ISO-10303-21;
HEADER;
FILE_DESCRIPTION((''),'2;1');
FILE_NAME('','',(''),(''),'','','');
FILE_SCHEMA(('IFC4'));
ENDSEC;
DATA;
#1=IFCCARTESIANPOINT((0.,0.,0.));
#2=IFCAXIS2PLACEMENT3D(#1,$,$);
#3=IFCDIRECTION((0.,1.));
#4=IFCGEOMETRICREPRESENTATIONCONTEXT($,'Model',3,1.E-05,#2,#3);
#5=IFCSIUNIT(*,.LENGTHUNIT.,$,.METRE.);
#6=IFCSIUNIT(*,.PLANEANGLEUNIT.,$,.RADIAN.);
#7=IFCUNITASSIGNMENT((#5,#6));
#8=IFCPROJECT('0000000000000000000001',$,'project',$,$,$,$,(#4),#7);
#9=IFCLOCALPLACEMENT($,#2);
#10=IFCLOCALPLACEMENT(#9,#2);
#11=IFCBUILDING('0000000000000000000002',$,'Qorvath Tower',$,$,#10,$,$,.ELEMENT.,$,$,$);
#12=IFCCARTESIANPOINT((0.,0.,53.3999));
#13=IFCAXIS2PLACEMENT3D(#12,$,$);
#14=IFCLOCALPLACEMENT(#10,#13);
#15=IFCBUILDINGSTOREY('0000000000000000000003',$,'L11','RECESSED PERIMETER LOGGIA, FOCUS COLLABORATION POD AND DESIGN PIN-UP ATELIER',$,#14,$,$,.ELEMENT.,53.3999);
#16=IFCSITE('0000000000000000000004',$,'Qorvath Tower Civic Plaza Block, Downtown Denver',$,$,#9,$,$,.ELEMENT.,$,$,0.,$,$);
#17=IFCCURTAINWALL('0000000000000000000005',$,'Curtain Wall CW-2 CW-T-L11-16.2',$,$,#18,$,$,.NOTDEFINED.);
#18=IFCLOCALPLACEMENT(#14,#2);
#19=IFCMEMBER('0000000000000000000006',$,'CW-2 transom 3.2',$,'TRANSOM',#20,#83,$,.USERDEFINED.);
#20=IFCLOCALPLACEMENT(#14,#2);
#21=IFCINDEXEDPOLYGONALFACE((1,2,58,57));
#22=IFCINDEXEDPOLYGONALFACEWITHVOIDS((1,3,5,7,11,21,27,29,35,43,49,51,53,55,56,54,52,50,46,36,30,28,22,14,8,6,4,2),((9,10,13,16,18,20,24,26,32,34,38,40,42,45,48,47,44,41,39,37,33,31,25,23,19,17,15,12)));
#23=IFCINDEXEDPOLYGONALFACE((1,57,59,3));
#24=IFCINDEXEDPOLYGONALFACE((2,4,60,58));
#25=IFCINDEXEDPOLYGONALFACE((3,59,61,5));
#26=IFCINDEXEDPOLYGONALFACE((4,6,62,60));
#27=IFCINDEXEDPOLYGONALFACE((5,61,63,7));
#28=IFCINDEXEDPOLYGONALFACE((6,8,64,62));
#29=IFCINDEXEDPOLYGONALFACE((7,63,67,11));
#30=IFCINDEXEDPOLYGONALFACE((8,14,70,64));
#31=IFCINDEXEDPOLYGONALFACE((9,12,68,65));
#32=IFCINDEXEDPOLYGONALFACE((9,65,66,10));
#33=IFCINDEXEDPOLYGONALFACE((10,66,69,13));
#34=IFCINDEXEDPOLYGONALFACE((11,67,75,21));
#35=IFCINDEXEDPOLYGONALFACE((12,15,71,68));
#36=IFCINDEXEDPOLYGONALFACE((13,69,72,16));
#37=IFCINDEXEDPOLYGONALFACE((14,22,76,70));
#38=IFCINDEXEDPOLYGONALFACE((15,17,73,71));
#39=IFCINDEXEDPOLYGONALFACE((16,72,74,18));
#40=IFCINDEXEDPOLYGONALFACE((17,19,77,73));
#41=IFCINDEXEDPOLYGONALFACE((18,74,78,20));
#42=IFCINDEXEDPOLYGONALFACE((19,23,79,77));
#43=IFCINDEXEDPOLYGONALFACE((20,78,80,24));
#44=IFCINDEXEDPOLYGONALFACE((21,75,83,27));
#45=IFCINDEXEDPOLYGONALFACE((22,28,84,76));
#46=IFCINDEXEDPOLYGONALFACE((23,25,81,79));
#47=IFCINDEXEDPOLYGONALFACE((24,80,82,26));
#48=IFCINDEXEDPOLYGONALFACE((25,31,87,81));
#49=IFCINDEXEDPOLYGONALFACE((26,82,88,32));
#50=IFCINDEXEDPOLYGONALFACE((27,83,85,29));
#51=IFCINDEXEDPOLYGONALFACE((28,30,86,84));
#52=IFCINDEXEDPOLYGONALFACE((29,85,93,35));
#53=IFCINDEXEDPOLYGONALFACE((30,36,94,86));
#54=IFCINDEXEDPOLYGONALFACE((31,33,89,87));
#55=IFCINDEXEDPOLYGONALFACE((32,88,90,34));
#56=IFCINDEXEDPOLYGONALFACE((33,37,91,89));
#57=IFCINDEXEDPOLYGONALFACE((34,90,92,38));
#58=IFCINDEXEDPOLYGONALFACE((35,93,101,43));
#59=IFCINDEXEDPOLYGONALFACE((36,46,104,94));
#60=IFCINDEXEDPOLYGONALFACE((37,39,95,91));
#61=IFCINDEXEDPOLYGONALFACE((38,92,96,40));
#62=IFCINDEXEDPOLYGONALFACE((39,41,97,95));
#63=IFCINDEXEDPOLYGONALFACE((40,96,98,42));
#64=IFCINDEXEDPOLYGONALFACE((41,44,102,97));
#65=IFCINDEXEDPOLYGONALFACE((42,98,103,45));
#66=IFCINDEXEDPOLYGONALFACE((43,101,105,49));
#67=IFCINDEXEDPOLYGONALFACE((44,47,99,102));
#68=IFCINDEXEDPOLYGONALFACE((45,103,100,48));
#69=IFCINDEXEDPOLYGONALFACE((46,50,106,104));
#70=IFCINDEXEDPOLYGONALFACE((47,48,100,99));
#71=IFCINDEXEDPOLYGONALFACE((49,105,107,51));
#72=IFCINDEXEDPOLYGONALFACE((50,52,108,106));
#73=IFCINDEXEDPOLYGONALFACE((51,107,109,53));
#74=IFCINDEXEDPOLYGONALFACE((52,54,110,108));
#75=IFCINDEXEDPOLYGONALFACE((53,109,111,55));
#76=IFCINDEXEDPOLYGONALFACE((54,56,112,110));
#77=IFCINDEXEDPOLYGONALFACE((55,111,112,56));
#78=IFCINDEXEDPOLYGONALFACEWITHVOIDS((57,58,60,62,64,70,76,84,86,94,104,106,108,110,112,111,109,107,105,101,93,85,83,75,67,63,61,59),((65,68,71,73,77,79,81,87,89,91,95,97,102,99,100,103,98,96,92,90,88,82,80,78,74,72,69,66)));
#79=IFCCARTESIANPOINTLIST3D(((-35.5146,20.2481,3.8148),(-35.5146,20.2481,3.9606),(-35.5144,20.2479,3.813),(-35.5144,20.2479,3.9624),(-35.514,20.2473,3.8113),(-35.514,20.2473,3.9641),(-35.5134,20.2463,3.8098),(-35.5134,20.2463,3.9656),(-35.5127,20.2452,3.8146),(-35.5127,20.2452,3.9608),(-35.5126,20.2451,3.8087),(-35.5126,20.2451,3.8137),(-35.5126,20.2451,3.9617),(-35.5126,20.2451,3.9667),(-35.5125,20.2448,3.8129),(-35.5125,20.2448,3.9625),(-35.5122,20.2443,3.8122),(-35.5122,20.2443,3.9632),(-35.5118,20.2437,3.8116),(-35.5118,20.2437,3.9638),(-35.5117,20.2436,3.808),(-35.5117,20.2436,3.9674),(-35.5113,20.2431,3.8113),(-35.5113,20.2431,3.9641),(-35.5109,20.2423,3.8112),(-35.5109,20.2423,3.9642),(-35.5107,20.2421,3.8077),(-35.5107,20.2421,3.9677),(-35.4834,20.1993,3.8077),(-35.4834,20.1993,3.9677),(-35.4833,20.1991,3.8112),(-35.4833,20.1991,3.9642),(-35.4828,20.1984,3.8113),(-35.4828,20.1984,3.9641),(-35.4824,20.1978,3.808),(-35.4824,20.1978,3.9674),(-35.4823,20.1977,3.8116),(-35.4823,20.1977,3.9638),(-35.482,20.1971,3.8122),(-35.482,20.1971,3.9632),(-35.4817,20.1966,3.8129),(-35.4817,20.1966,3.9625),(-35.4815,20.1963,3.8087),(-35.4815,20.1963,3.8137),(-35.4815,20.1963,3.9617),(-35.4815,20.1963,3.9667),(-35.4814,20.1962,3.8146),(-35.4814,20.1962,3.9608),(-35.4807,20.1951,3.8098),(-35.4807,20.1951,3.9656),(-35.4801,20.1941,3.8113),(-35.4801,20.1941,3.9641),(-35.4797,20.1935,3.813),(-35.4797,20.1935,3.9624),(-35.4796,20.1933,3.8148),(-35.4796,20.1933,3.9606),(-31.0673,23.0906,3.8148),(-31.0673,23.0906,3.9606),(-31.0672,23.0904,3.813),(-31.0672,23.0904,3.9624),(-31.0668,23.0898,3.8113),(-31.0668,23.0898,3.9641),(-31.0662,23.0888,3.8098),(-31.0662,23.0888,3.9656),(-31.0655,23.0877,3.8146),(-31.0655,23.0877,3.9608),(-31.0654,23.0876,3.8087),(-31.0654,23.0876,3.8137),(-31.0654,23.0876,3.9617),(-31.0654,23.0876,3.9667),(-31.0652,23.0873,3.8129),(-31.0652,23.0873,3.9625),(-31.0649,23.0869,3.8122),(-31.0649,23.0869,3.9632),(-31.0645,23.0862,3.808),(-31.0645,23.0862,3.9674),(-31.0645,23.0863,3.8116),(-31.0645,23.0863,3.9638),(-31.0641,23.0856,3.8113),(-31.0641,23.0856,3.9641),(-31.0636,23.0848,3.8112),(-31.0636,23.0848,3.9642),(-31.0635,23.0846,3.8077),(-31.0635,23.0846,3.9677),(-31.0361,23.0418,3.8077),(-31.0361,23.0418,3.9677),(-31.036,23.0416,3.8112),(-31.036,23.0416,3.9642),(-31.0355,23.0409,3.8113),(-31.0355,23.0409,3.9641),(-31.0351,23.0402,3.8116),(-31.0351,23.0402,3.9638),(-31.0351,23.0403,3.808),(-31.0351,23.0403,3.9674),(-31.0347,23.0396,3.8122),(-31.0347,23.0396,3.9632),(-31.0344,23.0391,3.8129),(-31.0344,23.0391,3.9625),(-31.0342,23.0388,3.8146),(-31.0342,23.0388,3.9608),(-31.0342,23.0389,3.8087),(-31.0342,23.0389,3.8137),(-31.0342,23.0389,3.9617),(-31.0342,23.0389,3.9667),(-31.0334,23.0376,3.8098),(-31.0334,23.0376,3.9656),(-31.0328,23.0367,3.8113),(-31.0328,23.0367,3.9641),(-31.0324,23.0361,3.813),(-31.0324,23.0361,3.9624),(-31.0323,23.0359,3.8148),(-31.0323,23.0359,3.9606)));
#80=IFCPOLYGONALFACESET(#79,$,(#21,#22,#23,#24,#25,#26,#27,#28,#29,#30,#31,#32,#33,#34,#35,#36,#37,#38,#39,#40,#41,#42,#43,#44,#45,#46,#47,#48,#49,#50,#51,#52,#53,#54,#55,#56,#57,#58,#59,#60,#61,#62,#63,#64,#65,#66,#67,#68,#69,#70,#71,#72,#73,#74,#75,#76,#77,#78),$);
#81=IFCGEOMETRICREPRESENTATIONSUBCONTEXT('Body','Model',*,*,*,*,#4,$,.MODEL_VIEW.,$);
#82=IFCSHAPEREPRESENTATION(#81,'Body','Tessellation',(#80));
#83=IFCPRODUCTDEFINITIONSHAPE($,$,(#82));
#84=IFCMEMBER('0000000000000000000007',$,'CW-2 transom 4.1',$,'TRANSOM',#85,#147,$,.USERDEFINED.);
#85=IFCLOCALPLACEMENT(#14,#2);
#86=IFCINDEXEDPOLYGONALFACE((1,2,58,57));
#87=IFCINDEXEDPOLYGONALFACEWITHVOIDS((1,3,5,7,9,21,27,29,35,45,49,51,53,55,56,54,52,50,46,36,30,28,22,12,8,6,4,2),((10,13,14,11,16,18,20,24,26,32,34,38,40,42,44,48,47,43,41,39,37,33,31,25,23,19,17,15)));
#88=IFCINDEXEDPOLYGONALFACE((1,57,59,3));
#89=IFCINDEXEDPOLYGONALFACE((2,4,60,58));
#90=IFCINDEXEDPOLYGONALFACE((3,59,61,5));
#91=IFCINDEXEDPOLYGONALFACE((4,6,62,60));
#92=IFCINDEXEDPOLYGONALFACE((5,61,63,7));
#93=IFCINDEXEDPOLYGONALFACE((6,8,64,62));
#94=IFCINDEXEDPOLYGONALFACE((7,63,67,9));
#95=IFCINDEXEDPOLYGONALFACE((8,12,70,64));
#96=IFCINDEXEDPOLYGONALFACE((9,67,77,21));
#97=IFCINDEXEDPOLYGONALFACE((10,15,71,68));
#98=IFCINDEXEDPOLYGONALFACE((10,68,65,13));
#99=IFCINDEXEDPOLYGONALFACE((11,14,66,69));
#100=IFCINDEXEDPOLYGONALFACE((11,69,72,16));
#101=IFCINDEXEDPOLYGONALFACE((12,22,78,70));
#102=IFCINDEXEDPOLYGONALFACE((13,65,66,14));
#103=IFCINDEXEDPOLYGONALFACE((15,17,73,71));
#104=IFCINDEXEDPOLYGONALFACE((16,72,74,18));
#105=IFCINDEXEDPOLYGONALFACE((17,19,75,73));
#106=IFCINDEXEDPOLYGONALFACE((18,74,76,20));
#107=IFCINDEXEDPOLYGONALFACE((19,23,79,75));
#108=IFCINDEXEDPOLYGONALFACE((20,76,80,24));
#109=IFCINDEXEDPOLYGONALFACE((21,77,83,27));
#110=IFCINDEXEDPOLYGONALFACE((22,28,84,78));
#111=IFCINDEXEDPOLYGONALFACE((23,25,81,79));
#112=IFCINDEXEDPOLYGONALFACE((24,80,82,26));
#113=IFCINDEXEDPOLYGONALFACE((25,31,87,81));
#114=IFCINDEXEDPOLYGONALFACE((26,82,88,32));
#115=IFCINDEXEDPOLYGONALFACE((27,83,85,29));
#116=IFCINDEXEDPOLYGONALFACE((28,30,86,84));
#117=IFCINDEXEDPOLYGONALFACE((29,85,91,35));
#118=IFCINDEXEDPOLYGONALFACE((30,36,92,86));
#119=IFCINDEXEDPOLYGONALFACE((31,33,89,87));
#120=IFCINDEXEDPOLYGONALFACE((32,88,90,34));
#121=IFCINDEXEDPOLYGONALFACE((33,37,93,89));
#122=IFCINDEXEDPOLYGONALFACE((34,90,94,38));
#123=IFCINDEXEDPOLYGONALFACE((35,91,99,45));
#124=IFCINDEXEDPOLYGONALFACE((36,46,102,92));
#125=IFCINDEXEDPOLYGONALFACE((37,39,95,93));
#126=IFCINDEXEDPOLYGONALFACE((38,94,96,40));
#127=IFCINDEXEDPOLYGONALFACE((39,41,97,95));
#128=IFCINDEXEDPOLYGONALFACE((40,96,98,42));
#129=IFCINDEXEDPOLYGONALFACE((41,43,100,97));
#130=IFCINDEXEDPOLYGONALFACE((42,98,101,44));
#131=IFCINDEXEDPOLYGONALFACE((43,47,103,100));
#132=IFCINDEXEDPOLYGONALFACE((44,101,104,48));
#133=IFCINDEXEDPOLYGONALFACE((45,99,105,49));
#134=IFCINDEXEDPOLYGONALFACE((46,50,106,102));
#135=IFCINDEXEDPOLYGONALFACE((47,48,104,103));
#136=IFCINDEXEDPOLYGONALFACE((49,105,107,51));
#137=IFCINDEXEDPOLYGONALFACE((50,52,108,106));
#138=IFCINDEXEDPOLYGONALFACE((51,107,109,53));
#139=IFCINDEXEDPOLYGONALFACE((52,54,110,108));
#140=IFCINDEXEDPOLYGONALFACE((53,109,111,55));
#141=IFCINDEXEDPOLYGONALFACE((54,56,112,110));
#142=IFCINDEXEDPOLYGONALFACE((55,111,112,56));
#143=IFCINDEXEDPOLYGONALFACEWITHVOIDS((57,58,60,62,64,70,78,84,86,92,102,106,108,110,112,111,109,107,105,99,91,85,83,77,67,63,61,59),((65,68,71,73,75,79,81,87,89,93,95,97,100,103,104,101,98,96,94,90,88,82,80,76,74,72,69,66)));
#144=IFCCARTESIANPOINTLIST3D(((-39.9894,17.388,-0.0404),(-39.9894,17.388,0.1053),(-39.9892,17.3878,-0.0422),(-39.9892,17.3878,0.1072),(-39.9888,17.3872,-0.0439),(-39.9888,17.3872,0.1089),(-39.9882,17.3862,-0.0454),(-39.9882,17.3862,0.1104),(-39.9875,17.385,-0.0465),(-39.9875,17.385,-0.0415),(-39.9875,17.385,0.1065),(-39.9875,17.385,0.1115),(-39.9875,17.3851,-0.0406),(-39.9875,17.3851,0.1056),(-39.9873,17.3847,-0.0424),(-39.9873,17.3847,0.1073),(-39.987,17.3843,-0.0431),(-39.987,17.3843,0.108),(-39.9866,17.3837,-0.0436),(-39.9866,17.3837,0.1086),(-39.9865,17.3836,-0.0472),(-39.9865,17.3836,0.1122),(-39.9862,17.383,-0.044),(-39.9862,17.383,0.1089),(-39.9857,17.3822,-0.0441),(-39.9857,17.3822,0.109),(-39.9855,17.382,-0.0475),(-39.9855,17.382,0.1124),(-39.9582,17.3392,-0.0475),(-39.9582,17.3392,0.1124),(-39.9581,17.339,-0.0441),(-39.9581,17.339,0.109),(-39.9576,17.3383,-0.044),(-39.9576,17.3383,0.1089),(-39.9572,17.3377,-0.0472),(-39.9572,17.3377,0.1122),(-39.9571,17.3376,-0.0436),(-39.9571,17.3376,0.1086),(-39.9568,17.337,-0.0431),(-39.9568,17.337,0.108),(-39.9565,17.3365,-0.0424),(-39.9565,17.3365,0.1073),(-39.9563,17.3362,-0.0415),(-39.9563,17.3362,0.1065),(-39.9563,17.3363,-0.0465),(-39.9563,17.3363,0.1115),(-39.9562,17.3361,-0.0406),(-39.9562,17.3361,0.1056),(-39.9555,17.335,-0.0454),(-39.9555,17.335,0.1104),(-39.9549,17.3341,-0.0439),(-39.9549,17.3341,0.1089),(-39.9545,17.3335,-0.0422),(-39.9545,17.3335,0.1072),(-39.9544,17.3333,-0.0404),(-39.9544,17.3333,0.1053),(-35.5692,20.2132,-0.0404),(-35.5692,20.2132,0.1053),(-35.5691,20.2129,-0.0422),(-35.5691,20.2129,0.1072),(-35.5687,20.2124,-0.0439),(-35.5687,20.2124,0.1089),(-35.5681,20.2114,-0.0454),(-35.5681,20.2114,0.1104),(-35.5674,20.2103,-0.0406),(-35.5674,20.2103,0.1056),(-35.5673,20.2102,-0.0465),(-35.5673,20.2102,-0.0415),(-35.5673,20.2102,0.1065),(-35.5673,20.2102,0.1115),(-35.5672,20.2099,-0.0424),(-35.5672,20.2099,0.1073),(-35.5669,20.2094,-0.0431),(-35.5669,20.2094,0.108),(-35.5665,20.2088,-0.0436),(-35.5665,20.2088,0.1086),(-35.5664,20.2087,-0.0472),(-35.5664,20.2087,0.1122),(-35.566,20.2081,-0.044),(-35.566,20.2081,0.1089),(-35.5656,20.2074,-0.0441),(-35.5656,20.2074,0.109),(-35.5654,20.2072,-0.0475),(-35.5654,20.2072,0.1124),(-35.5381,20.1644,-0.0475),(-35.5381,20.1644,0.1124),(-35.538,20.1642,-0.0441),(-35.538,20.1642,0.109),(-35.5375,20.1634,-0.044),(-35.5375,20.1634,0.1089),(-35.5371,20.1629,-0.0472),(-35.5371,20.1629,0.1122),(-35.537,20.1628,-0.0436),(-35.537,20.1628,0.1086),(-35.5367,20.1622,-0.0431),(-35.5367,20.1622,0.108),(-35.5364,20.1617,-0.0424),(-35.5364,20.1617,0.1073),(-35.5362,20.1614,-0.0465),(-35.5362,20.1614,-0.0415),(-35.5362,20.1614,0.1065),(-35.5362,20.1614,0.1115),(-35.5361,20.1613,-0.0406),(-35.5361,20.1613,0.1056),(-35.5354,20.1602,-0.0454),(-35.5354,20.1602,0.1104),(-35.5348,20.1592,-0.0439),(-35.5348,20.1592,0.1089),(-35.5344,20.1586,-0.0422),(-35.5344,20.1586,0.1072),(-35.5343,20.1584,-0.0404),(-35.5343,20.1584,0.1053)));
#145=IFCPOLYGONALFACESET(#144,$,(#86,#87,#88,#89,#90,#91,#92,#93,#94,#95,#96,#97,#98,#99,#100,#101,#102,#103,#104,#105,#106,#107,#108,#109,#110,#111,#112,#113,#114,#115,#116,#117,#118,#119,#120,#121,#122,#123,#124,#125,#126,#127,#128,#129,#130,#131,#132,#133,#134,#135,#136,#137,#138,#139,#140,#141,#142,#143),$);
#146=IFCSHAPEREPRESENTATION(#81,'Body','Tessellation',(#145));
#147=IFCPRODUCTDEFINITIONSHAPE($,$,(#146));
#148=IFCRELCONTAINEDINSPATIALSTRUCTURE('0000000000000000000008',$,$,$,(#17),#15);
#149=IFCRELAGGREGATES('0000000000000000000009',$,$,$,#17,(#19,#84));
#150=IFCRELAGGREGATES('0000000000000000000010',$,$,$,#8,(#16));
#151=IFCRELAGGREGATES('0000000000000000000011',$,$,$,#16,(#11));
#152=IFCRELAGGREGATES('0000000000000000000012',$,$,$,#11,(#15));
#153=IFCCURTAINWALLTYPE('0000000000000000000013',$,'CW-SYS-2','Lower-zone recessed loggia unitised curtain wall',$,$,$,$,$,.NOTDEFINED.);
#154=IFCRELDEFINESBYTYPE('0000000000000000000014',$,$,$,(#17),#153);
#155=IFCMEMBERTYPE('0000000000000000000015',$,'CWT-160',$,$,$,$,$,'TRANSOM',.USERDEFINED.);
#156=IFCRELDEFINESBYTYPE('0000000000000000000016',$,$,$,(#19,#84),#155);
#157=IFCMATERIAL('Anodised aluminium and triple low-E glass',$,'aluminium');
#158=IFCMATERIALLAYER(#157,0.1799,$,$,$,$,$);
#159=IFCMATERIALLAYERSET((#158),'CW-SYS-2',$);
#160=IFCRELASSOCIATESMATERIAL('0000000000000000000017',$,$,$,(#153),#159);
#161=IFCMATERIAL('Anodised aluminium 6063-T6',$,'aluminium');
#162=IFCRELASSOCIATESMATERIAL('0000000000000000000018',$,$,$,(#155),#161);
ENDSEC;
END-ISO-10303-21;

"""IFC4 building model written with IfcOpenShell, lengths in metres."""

from ifc_helpers import new_model, si_unit, direction, frame, origin, origin_2d, place, context, subcontext, project, spatial, hollow_rectangle, extrude, material, layer, layer_set, material_profile, profile_set, type_object, element, aggregate, save


model = new_model("IFC4")

# Units and contexts
model_context = context("Model", 3, precision=1e-05, world=origin(), true_north=direction((0.0, 1.0)))
body_context = subcontext(model_context, "Body", "Model", "MODEL_VIEW")
ifc_project = project(units=[si_unit("LENGTHUNIT", "METRE"), si_unit("PLANEANGLEUNIT", "RADIAN")], contexts=[model_context])

# Site, building, storey
site_placement = place(None, origin())
site = spatial("IfcSite", under=ifc_project, at=site_placement, Name="Qorvath Tower Civic Plaza Block, Downtown Denver", CompositionType="ELEMENT", RefElevation=0.0)
building_placement = place(site_placement, origin())
building = spatial("IfcBuilding", under=site, at=building_placement, Name="Qorvath Tower", CompositionType="ELEMENT")
storey_placement = place(building_placement, frame((0.0, 0.0, 53.3999)))
storey = spatial("IfcBuildingStorey", under=building, at=storey_placement, Name="L11", Description="RECESSED PERIMETER LOGGIA, FOCUS COLLABORATION POD AND DESIGN PIN-UP ATELIER", CompositionType="ELEMENT", Elevation=53.3999)

# Curtain wall, members
ifc_material_1 = material(Name="Anodised aluminium and triple low-E glass", Category="aluminium")
ifc_layer_1 = layer(ifc_material_1, 0.1799)
ifc_layer_set_1 = layer_set([ifc_layer_1], Name="CW-SYS-2")
curtain_wall_type = type_object("IfcCurtainWallType", Name="CW-SYS-2", Description="Lower-zone recessed loggia unitised curtain wall", PredefinedType="NOTDEFINED", material=ifc_layer_set_1)
curtain_wall_placement = place(storey_placement, origin())
curtain_wall = element("IfcCurtainWall", 1, at=curtain_wall_placement, inside=storey, type_object=curtain_wall_type, Name="Curtain Wall CW-2 CW-T-L11-16.2", PredefinedType="NOTDEFINED")
ifc_material_2 = material(Name="Anodised aluminium 6063-T6", Category="aluminium")
ifc_material_profile_1 = material_profile(ifc_material_2, hollow_rectangle(XDim=0.0649, YDim=0.1599, WallThickness=0.0034, InnerFilletRadius=0.0034, OuterFilletRadius=0.0071, at=origin_2d()), Name="CWT 160x65")
ifc_profile_set_1 = profile_set([ifc_material_profile_1], Name="Anodised aluminium 6063-T6")
member_type_1 = type_object("IfcMemberType", Name="CWT-160", ElementType="TRANSOM", PredefinedType="USERDEFINED", material=ifc_profile_set_1)
member_1_placement = place(storey_placement, frame((-31.0498, 23.0632, 3.8877), z_axis=(-0.842591, -0.538554, 0.0), x_axis=(0.538554, -0.842591, 0.0)))
member_1 = element("IfcMember", 2, at=member_1_placement, type_object=member_type_1, Name="CW-2 transom 3.2", ObjectType="TRANSOM", PredefinedType="USERDEFINED", context=body_context, shape_type="SweptSolid", body=[
    extrude(hollow_rectangle(XDim=0.0649, YDim=0.1599, WallThickness=0.0034, InnerFilletRadius=0.0034, OuterFilletRadius=0.0071, at=origin_2d()), origin(), (0.0, 0.0, 1.0), 5.2781),
])
member_2_placement = place(storey_placement, frame((-35.5518, 20.1858, 0.0325), z_axis=(-0.842592, -0.538552, 0.0), x_axis=(0.538552, -0.842592, 0.0)))
member_2 = element("IfcMember", 3, at=member_2_placement, type_object=member_type_1, Name="CW-2 transom 4.1", ObjectType="TRANSOM", PredefinedType="USERDEFINED", context=body_context, shape_type="SweptSolid", body=[
    extrude(hollow_rectangle(XDim=0.0649, YDim=0.1599, WallThickness=0.0034, InnerFilletRadius=0.0034, OuterFilletRadius=0.0071, at=origin_2d()), origin(), (0.0, 0.0, 1.0), 5.2458),
])
aggregate(curtain_wall, [member_1, member_2])

save(model, "model.ifc")
